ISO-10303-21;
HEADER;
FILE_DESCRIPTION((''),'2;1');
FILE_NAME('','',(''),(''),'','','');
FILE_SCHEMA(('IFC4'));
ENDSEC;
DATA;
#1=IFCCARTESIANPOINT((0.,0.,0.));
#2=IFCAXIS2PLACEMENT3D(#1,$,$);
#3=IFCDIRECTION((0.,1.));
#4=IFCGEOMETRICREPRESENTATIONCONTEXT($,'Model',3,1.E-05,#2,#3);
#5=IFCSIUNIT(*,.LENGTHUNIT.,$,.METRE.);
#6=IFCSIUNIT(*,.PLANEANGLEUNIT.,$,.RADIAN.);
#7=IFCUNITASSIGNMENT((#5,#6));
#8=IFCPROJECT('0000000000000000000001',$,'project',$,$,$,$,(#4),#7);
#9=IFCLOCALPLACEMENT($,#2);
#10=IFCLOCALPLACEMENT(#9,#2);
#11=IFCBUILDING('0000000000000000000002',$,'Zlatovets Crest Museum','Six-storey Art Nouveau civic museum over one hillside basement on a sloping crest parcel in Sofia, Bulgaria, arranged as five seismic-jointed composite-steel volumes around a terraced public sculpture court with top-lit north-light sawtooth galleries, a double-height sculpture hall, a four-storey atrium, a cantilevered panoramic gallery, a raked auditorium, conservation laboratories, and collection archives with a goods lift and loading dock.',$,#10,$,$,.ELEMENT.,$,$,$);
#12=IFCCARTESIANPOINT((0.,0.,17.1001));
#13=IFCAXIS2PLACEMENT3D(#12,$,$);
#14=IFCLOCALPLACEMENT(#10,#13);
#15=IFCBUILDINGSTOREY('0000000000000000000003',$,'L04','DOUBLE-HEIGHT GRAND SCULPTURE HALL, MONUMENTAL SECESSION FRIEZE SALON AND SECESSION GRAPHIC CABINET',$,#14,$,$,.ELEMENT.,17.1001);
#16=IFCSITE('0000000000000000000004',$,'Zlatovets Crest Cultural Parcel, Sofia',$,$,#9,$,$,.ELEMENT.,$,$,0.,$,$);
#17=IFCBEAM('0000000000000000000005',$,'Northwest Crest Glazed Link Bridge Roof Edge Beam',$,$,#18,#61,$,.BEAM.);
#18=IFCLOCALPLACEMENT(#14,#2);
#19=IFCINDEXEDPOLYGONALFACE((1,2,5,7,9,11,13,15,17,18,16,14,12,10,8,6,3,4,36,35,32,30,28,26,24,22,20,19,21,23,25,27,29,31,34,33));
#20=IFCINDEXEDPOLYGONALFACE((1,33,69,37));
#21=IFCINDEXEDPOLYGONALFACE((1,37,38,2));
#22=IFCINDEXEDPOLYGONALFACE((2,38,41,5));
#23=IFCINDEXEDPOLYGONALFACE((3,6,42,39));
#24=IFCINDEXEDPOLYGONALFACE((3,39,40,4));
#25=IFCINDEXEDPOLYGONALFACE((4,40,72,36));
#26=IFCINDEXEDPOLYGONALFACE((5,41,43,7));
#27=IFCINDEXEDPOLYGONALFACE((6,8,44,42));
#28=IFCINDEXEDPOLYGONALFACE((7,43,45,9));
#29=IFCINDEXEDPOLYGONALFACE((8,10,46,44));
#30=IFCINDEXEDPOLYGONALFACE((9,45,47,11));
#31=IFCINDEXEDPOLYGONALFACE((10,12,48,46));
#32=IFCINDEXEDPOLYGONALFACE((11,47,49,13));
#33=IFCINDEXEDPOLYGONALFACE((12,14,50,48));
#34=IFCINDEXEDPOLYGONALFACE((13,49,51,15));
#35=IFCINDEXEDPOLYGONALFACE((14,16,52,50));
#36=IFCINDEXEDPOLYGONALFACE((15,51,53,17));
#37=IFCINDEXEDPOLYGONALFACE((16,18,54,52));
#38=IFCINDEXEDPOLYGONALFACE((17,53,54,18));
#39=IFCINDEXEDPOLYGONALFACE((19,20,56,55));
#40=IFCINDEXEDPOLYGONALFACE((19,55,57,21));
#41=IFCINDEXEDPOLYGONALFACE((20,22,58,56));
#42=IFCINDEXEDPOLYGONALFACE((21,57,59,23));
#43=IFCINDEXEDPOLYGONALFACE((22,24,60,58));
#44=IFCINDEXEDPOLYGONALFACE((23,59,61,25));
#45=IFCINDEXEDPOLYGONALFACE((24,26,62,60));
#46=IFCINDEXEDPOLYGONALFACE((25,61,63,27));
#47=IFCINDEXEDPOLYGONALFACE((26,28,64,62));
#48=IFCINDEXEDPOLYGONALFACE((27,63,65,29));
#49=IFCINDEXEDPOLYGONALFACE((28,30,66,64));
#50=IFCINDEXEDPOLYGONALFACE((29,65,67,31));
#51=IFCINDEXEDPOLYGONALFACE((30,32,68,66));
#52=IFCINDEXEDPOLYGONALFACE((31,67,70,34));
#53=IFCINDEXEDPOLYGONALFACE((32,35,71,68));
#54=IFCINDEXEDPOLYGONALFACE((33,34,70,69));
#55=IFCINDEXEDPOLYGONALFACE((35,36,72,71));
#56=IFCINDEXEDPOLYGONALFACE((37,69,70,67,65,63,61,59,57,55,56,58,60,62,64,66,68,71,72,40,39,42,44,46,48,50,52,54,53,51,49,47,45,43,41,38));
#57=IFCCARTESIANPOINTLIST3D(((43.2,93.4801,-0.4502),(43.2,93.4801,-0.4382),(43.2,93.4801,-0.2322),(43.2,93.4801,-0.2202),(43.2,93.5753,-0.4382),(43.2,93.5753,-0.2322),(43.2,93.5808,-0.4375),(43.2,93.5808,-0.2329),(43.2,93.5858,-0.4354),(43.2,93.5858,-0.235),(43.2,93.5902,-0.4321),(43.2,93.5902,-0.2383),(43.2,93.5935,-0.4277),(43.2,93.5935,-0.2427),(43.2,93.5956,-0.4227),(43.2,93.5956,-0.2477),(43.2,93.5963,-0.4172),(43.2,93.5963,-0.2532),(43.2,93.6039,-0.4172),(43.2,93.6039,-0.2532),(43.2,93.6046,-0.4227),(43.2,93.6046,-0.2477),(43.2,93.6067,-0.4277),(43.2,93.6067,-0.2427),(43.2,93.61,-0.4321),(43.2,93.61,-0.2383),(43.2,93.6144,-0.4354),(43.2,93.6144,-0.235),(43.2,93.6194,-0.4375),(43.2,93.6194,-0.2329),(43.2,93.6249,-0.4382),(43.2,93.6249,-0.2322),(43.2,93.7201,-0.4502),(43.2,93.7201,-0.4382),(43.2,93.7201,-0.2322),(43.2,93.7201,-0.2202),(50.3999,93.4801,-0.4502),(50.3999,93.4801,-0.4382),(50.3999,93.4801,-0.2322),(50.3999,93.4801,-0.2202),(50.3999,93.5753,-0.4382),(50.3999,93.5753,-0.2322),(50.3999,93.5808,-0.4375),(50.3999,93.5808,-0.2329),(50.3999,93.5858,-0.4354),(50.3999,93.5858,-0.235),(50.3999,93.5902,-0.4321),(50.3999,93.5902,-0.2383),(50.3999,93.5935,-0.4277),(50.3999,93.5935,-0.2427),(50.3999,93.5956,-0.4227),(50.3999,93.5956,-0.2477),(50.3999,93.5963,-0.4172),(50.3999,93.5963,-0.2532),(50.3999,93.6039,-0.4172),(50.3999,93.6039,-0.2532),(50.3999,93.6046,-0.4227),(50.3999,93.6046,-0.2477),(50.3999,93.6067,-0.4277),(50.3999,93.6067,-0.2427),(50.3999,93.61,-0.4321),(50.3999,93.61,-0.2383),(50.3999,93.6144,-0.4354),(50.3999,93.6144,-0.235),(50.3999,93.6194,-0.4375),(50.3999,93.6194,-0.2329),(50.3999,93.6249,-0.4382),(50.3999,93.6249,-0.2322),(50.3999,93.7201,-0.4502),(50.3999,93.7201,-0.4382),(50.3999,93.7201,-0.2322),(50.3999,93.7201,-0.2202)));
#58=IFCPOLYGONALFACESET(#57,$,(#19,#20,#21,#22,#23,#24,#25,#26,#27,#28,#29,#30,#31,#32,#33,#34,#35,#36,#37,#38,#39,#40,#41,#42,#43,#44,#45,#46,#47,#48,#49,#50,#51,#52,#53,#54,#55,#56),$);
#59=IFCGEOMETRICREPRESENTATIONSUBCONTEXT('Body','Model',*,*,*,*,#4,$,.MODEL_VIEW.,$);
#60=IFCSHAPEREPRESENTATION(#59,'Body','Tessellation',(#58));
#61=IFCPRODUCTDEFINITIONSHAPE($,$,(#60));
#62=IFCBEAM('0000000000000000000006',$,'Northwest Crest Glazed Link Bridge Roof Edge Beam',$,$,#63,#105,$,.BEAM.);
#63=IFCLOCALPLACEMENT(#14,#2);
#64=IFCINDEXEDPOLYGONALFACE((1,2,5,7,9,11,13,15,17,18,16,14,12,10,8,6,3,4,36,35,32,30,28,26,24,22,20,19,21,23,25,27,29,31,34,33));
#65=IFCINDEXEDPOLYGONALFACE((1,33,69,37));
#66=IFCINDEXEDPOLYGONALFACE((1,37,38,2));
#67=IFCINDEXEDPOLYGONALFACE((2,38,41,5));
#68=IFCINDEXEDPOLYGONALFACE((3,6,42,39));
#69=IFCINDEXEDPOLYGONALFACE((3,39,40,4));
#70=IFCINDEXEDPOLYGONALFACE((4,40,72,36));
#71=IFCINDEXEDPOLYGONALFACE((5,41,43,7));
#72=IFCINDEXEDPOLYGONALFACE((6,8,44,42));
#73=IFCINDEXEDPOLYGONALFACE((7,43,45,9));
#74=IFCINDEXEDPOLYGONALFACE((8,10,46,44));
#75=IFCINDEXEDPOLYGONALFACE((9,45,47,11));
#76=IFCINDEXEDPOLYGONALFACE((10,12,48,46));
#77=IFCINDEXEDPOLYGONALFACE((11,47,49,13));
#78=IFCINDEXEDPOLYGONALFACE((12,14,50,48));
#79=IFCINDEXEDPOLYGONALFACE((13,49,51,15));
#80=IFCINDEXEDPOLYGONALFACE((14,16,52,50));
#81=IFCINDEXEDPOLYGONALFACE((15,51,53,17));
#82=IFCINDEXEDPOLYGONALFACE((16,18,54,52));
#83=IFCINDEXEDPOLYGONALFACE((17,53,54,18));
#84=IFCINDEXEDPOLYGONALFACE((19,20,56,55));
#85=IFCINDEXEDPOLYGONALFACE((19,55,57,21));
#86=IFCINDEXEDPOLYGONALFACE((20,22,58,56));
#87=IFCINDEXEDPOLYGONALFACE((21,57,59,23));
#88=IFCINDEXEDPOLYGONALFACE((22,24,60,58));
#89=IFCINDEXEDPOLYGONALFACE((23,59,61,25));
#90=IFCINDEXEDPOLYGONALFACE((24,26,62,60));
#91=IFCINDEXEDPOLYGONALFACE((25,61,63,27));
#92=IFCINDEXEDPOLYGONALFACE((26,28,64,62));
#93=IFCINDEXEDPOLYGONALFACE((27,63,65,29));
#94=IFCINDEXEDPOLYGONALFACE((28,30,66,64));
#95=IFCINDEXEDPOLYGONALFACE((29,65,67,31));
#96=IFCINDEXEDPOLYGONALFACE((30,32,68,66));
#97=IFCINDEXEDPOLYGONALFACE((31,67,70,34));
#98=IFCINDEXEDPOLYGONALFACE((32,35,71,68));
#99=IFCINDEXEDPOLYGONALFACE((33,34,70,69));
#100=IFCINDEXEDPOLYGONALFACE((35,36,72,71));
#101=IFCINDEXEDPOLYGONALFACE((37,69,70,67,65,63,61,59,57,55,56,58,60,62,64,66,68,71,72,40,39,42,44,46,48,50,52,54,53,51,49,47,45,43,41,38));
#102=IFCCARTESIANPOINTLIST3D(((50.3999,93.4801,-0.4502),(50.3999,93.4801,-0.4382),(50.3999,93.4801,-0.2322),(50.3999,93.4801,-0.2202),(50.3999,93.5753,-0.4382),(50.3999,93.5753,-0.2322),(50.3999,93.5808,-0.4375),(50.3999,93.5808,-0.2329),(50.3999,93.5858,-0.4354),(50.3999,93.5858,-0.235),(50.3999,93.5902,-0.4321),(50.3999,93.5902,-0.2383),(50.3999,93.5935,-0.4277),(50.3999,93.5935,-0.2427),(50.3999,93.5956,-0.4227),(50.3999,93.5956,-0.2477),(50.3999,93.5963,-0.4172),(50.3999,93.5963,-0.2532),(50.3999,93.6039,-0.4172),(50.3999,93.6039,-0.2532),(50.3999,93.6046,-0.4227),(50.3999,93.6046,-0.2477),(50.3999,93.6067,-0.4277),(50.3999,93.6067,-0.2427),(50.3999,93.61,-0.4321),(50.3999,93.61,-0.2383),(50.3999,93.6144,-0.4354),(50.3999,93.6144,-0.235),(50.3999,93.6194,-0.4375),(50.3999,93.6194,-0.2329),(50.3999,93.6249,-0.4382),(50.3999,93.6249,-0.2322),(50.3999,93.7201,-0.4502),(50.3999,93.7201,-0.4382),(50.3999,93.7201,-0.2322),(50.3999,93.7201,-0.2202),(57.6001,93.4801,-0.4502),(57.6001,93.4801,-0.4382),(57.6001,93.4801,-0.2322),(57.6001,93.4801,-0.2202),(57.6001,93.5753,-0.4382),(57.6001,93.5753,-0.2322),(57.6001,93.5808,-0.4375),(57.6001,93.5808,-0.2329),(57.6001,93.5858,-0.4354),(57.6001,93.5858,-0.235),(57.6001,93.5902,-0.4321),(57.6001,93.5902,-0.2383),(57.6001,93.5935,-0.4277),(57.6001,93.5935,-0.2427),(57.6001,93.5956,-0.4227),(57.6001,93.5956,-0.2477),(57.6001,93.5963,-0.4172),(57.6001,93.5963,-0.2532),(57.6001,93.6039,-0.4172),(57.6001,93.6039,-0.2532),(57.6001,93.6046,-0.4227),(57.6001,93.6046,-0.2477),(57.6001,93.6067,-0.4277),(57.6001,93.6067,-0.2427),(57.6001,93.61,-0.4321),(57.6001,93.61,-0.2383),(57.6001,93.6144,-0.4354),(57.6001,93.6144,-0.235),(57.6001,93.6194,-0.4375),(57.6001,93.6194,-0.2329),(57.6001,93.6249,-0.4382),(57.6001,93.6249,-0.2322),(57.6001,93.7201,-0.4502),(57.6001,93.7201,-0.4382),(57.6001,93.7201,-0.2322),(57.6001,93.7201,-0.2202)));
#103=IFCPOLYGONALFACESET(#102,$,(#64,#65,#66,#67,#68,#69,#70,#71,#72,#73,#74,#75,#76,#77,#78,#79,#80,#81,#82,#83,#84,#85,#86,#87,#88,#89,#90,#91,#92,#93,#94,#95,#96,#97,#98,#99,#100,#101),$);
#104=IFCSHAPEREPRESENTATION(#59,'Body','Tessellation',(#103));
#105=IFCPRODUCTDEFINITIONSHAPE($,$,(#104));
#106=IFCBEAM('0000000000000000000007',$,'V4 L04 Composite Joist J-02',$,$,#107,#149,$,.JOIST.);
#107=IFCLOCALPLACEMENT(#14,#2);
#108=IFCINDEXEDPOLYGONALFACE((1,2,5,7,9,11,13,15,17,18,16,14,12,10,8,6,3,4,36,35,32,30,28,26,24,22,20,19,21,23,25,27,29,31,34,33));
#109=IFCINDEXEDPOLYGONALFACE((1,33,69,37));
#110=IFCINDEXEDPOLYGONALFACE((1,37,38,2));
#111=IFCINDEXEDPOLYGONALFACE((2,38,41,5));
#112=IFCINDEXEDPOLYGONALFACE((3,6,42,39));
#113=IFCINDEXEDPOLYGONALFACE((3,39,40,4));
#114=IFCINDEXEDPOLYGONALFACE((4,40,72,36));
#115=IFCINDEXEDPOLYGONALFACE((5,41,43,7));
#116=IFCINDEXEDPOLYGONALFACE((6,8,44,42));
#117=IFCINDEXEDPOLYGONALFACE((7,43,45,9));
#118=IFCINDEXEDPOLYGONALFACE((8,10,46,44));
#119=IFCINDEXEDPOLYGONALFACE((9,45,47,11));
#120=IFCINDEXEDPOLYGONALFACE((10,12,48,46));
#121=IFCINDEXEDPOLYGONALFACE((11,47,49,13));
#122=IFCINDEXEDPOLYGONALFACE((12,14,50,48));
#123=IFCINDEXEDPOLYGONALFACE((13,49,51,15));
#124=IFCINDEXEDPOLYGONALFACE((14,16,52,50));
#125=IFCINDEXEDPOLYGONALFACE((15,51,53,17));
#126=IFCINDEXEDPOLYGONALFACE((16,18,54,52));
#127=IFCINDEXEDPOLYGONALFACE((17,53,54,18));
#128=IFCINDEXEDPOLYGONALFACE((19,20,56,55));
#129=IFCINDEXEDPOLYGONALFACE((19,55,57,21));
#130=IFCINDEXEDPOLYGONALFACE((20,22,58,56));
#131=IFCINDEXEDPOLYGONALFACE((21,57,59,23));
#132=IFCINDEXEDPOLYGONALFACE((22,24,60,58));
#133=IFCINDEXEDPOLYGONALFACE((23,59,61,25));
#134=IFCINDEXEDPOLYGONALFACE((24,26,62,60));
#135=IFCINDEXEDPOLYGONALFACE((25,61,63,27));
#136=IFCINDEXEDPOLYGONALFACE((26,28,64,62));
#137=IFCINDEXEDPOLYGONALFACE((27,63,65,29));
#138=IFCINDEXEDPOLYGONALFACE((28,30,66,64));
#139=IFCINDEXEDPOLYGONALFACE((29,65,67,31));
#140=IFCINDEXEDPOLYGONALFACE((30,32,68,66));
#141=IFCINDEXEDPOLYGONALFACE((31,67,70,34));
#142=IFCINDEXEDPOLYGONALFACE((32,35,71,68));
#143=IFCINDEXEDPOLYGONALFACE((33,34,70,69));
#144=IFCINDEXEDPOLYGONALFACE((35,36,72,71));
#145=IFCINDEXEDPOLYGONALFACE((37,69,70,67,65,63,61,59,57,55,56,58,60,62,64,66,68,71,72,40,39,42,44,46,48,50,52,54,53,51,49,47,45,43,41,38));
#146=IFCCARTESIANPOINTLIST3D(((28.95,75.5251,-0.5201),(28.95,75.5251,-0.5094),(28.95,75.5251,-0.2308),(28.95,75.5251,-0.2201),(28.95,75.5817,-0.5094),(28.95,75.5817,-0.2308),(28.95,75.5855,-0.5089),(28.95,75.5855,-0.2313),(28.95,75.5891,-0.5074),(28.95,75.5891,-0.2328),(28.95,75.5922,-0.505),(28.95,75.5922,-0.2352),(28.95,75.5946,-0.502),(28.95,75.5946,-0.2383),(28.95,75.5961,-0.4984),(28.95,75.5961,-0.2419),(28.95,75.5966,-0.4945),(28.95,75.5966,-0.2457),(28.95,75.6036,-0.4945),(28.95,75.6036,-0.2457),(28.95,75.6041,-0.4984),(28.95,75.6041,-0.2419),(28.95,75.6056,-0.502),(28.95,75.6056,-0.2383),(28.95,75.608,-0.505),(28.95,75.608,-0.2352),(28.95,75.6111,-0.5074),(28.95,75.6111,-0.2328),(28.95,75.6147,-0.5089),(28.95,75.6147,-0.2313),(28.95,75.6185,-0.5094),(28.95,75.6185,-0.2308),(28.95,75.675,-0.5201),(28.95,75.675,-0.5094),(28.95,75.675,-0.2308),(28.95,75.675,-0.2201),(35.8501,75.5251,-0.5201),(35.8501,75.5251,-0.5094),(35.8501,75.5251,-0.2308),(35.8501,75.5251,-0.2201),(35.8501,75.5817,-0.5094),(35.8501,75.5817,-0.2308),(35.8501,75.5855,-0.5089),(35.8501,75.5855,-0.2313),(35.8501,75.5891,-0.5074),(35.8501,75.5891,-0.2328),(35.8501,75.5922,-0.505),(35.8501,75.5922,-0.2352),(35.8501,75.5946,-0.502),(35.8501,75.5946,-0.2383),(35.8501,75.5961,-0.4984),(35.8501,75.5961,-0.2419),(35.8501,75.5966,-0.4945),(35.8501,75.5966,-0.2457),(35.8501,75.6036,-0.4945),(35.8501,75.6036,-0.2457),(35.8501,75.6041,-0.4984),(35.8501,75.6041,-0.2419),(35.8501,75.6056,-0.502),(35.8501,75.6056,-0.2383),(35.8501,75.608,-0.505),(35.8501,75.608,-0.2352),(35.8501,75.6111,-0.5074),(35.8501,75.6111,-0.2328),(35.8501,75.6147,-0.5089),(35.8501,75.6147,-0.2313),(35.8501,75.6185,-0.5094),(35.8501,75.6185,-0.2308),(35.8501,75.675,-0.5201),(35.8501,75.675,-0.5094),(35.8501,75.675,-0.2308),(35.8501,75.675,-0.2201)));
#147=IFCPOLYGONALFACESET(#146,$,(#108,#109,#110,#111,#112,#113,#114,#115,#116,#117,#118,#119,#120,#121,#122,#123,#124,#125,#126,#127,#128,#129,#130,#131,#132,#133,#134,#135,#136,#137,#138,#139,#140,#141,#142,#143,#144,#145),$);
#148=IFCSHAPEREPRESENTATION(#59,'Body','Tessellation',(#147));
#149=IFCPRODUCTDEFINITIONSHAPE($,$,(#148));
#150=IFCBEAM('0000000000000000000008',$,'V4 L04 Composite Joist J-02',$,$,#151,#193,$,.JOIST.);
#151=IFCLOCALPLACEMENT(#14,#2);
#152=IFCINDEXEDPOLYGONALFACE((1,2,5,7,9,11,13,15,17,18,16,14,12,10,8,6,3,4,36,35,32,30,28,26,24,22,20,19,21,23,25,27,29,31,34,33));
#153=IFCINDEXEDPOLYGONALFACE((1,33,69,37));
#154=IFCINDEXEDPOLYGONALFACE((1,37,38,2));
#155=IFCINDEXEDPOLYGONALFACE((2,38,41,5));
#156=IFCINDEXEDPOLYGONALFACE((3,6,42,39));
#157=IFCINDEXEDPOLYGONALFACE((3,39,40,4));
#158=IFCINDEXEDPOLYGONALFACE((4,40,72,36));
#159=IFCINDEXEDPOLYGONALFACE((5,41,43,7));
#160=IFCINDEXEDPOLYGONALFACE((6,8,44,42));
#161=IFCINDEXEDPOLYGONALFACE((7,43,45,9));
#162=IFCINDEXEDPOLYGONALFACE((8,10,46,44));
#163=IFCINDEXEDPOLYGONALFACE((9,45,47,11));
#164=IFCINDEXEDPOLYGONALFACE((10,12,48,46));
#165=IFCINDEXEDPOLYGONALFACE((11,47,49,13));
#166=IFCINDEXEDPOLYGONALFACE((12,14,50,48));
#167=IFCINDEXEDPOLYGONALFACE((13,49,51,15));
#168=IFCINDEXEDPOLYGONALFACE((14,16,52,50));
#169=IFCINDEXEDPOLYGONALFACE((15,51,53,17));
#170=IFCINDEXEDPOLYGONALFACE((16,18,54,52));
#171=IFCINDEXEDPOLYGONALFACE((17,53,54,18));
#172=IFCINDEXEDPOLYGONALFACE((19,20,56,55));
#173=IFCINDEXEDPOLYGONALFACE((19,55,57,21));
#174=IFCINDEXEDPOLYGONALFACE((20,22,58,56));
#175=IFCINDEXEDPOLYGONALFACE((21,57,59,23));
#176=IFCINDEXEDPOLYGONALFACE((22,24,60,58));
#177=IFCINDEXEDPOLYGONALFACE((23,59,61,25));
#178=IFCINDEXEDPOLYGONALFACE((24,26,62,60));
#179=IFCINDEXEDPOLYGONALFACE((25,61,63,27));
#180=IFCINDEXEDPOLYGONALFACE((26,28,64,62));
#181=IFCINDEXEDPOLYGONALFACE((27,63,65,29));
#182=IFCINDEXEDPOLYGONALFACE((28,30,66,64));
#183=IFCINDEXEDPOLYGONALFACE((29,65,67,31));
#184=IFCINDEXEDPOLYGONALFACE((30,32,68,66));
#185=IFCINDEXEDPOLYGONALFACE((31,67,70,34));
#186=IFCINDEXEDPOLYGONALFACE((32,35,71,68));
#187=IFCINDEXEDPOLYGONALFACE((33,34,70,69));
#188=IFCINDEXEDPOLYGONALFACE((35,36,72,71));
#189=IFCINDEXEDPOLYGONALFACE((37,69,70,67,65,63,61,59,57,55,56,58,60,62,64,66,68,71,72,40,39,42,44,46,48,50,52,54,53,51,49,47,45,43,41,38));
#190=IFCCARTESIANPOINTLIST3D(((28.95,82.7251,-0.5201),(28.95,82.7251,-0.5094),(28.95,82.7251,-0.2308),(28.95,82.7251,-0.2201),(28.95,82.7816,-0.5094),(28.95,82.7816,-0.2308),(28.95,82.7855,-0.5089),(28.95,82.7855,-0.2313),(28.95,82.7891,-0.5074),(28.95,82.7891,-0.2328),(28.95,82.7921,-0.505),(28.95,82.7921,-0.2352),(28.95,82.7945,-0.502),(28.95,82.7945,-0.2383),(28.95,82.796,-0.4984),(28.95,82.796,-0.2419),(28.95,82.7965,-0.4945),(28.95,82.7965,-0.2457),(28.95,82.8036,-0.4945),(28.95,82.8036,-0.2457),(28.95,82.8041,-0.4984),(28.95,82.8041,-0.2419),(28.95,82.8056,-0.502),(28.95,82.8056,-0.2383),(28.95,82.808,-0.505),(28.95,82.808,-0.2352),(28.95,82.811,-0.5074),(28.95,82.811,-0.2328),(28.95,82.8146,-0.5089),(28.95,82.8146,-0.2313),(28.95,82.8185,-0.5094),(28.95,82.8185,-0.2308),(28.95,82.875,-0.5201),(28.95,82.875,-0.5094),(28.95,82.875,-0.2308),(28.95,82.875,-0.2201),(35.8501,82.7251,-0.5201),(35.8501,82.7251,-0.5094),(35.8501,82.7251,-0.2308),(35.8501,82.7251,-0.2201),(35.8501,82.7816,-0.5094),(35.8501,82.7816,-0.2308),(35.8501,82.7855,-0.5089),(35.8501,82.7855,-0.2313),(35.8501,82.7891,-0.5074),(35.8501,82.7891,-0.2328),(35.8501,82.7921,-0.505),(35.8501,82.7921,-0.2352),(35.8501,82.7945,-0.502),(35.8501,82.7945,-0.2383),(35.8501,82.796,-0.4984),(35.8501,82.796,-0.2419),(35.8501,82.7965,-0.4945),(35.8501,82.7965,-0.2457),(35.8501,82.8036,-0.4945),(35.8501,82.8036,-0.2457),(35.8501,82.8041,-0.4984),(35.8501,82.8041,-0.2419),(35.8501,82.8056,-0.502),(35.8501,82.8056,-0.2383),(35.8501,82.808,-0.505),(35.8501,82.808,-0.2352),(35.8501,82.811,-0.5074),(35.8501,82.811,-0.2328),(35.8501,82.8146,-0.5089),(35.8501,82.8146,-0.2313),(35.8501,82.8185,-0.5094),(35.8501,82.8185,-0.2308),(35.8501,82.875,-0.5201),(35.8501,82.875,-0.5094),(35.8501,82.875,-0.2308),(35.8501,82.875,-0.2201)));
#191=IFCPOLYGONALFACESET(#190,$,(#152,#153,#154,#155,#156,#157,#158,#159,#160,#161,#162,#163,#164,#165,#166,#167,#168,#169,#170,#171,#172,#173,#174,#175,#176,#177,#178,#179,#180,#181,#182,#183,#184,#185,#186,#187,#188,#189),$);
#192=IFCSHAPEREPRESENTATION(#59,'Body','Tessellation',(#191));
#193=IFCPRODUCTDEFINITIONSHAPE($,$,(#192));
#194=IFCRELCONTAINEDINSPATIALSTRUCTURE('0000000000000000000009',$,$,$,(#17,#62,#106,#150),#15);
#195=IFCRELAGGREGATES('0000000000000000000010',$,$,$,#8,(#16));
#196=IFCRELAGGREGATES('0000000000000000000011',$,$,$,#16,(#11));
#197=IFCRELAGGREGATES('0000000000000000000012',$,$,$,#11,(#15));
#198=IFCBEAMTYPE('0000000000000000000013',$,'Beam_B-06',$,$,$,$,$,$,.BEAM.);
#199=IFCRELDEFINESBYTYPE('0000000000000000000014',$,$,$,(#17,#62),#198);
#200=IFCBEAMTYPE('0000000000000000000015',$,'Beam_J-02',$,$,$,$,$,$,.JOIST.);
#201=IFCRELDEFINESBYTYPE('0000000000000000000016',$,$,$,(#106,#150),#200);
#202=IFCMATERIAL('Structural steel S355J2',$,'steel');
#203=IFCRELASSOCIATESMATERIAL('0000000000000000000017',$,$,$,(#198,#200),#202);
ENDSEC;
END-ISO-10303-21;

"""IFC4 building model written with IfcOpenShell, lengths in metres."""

from ifc_helpers import new_model, si_unit, direction, frame, origin, origin_2d, place, context, subcontext, project, spatial, i_section, extrude, material, material_profile, profile_set, type_object, element, save


model = new_model("IFC4")

# Units and contexts
model_context = context("Model", 3, precision=1e-05, world=origin(), true_north=direction((0.0, 1.0)))
body_context = subcontext(model_context, "Body", "Model", "MODEL_VIEW")
ifc_project = project(units=[si_unit("LENGTHUNIT", "METRE"), si_unit("PLANEANGLEUNIT", "RADIAN")], contexts=[model_context])

# Site, building, storey
site_placement = place(None, origin())
site = spatial("IfcSite", under=ifc_project, at=site_placement, Name="Zlatovets Crest Cultural Parcel, Sofia", CompositionType="ELEMENT", RefElevation=0.0)
building_placement = place(site_placement, origin())
building = spatial("IfcBuilding", under=site, at=building_placement, Name="Zlatovets Crest Museum", Description="Six-storey Art Nouveau civic museum over one hillside basement on a sloping crest parcel in Sofia, Bulgaria, arranged as five seismic-jointed composite-steel volumes around a terraced public sculpture court with top-lit north-light sawtooth galleries, a double-height sculpture hall, a four-storey atrium, a cantilevered panoramic gallery, a raked auditorium, conservation laboratories, and collection archives with a goods lift and loading dock.", CompositionType="ELEMENT")
storey_placement = place(building_placement, frame((0.0, 0.0, 17.1001)))
storey = spatial("IfcBuildingStorey", under=building, at=storey_placement, Name="L04", Description="DOUBLE-HEIGHT GRAND SCULPTURE HALL, MONUMENTAL SECESSION FRIEZE SALON AND SECESSION GRAPHIC CABINET", CompositionType="ELEMENT", Elevation=17.1001)

# Beams
ifc_material_1 = material(Name="Structural steel S355J2", Category="steel")
ifc_material_profile_1 = material_profile(ifc_material_1, i_section(OverallWidth=0.24, OverallDepth=0.23, WebThickness=0.0076, FlangeThickness=0.012, FilletRadius=0.021, at=origin_2d()), Name="HEA 240")
ifc_profile_set_1 = profile_set([ifc_material_profile_1], Name="Structural steel S355J2")
beam_type_1 = type_object("IfcBeamType", Name="Beam_B-06", PredefinedType="BEAM", material=ifc_profile_set_1)
for number, where, z_axis, x_axis, name in (
    (1, (43.2, 93.6001, -0.3352), (1.0, 0.0, 0.0), (0.0, 1.0, 0.0), "Northwest Crest Glazed Link Bridge Roof Edge Beam"),
):
    element("IfcBeam", number, at=place(storey_placement, frame(where, z_axis=z_axis, x_axis=x_axis)), inside=storey, type_object=beam_type_1, Name=name, PredefinedType="BEAM", context=body_context, shape_type="SweptSolid", body=[
        extrude(i_section(OverallWidth=0.24, OverallDepth=0.23, WebThickness=0.0076, FlangeThickness=0.012, FilletRadius=0.021, at=origin_2d()), origin(), (0.0, 0.0, 1.0), 7.2),
    ])
beam_1_placement = place(storey_placement, frame((50.3999, 93.6001, -0.3352), z_axis=(1.0, 0.0, 0.0), x_axis=(0.0, 1.0, 0.0)))
element("IfcBeam", 2, at=beam_1_placement, inside=storey, type_object=beam_type_1, Name="Northwest Crest Glazed Link Bridge Roof Edge Beam", PredefinedType="BEAM", context=body_context, shape_type="SweptSolid", body=[
    extrude(i_section(OverallWidth=0.24, OverallDepth=0.23, WebThickness=0.0076, FlangeThickness=0.012, FilletRadius=0.021, at=origin_2d()), origin(), (0.0, 0.0, 1.0), 7.2002),
])
ifc_material_profile_2 = material_profile(ifc_material_1, i_section(OverallWidth=0.1499, OverallDepth=0.3, WebThickness=0.0071, FlangeThickness=0.0107, FilletRadius=0.0149, at=origin_2d()), Name="IPE 300")
ifc_profile_set_2 = profile_set([ifc_material_profile_2], Name="Structural steel S355J2")
beam_type_2 = type_object("IfcBeamType", Name="Beam_J-02", PredefinedType="JOIST", material=ifc_profile_set_2)
for number, where, z_axis, x_axis, name in (
    (3, (28.95, 75.6001, -0.3701), (1.0, 0.0, 0.0), (0.0, 1.0, 0.0), "V4 L04 Composite Joist J-02"),
    (4, (28.95, 82.8, -0.3701), (1.0, 0.0, 0.0), (0.0, 1.0, 0.0), "V4 L04 Composite Joist J-02"),
):
    element("IfcBeam", number, at=place(storey_placement, frame(where, z_axis=z_axis, x_axis=x_axis)), inside=storey, type_object=beam_type_2, Name=name, PredefinedType="JOIST", context=body_context, shape_type="SweptSolid", body=[
        extrude(i_section(OverallWidth=0.1499, OverallDepth=0.3, WebThickness=0.0071, FlangeThickness=0.0107, FilletRadius=0.0149, at=origin_2d()), origin(), (0.0, 0.0, 1.0), 6.9001),
    ])

save(model, "model.ifc")
